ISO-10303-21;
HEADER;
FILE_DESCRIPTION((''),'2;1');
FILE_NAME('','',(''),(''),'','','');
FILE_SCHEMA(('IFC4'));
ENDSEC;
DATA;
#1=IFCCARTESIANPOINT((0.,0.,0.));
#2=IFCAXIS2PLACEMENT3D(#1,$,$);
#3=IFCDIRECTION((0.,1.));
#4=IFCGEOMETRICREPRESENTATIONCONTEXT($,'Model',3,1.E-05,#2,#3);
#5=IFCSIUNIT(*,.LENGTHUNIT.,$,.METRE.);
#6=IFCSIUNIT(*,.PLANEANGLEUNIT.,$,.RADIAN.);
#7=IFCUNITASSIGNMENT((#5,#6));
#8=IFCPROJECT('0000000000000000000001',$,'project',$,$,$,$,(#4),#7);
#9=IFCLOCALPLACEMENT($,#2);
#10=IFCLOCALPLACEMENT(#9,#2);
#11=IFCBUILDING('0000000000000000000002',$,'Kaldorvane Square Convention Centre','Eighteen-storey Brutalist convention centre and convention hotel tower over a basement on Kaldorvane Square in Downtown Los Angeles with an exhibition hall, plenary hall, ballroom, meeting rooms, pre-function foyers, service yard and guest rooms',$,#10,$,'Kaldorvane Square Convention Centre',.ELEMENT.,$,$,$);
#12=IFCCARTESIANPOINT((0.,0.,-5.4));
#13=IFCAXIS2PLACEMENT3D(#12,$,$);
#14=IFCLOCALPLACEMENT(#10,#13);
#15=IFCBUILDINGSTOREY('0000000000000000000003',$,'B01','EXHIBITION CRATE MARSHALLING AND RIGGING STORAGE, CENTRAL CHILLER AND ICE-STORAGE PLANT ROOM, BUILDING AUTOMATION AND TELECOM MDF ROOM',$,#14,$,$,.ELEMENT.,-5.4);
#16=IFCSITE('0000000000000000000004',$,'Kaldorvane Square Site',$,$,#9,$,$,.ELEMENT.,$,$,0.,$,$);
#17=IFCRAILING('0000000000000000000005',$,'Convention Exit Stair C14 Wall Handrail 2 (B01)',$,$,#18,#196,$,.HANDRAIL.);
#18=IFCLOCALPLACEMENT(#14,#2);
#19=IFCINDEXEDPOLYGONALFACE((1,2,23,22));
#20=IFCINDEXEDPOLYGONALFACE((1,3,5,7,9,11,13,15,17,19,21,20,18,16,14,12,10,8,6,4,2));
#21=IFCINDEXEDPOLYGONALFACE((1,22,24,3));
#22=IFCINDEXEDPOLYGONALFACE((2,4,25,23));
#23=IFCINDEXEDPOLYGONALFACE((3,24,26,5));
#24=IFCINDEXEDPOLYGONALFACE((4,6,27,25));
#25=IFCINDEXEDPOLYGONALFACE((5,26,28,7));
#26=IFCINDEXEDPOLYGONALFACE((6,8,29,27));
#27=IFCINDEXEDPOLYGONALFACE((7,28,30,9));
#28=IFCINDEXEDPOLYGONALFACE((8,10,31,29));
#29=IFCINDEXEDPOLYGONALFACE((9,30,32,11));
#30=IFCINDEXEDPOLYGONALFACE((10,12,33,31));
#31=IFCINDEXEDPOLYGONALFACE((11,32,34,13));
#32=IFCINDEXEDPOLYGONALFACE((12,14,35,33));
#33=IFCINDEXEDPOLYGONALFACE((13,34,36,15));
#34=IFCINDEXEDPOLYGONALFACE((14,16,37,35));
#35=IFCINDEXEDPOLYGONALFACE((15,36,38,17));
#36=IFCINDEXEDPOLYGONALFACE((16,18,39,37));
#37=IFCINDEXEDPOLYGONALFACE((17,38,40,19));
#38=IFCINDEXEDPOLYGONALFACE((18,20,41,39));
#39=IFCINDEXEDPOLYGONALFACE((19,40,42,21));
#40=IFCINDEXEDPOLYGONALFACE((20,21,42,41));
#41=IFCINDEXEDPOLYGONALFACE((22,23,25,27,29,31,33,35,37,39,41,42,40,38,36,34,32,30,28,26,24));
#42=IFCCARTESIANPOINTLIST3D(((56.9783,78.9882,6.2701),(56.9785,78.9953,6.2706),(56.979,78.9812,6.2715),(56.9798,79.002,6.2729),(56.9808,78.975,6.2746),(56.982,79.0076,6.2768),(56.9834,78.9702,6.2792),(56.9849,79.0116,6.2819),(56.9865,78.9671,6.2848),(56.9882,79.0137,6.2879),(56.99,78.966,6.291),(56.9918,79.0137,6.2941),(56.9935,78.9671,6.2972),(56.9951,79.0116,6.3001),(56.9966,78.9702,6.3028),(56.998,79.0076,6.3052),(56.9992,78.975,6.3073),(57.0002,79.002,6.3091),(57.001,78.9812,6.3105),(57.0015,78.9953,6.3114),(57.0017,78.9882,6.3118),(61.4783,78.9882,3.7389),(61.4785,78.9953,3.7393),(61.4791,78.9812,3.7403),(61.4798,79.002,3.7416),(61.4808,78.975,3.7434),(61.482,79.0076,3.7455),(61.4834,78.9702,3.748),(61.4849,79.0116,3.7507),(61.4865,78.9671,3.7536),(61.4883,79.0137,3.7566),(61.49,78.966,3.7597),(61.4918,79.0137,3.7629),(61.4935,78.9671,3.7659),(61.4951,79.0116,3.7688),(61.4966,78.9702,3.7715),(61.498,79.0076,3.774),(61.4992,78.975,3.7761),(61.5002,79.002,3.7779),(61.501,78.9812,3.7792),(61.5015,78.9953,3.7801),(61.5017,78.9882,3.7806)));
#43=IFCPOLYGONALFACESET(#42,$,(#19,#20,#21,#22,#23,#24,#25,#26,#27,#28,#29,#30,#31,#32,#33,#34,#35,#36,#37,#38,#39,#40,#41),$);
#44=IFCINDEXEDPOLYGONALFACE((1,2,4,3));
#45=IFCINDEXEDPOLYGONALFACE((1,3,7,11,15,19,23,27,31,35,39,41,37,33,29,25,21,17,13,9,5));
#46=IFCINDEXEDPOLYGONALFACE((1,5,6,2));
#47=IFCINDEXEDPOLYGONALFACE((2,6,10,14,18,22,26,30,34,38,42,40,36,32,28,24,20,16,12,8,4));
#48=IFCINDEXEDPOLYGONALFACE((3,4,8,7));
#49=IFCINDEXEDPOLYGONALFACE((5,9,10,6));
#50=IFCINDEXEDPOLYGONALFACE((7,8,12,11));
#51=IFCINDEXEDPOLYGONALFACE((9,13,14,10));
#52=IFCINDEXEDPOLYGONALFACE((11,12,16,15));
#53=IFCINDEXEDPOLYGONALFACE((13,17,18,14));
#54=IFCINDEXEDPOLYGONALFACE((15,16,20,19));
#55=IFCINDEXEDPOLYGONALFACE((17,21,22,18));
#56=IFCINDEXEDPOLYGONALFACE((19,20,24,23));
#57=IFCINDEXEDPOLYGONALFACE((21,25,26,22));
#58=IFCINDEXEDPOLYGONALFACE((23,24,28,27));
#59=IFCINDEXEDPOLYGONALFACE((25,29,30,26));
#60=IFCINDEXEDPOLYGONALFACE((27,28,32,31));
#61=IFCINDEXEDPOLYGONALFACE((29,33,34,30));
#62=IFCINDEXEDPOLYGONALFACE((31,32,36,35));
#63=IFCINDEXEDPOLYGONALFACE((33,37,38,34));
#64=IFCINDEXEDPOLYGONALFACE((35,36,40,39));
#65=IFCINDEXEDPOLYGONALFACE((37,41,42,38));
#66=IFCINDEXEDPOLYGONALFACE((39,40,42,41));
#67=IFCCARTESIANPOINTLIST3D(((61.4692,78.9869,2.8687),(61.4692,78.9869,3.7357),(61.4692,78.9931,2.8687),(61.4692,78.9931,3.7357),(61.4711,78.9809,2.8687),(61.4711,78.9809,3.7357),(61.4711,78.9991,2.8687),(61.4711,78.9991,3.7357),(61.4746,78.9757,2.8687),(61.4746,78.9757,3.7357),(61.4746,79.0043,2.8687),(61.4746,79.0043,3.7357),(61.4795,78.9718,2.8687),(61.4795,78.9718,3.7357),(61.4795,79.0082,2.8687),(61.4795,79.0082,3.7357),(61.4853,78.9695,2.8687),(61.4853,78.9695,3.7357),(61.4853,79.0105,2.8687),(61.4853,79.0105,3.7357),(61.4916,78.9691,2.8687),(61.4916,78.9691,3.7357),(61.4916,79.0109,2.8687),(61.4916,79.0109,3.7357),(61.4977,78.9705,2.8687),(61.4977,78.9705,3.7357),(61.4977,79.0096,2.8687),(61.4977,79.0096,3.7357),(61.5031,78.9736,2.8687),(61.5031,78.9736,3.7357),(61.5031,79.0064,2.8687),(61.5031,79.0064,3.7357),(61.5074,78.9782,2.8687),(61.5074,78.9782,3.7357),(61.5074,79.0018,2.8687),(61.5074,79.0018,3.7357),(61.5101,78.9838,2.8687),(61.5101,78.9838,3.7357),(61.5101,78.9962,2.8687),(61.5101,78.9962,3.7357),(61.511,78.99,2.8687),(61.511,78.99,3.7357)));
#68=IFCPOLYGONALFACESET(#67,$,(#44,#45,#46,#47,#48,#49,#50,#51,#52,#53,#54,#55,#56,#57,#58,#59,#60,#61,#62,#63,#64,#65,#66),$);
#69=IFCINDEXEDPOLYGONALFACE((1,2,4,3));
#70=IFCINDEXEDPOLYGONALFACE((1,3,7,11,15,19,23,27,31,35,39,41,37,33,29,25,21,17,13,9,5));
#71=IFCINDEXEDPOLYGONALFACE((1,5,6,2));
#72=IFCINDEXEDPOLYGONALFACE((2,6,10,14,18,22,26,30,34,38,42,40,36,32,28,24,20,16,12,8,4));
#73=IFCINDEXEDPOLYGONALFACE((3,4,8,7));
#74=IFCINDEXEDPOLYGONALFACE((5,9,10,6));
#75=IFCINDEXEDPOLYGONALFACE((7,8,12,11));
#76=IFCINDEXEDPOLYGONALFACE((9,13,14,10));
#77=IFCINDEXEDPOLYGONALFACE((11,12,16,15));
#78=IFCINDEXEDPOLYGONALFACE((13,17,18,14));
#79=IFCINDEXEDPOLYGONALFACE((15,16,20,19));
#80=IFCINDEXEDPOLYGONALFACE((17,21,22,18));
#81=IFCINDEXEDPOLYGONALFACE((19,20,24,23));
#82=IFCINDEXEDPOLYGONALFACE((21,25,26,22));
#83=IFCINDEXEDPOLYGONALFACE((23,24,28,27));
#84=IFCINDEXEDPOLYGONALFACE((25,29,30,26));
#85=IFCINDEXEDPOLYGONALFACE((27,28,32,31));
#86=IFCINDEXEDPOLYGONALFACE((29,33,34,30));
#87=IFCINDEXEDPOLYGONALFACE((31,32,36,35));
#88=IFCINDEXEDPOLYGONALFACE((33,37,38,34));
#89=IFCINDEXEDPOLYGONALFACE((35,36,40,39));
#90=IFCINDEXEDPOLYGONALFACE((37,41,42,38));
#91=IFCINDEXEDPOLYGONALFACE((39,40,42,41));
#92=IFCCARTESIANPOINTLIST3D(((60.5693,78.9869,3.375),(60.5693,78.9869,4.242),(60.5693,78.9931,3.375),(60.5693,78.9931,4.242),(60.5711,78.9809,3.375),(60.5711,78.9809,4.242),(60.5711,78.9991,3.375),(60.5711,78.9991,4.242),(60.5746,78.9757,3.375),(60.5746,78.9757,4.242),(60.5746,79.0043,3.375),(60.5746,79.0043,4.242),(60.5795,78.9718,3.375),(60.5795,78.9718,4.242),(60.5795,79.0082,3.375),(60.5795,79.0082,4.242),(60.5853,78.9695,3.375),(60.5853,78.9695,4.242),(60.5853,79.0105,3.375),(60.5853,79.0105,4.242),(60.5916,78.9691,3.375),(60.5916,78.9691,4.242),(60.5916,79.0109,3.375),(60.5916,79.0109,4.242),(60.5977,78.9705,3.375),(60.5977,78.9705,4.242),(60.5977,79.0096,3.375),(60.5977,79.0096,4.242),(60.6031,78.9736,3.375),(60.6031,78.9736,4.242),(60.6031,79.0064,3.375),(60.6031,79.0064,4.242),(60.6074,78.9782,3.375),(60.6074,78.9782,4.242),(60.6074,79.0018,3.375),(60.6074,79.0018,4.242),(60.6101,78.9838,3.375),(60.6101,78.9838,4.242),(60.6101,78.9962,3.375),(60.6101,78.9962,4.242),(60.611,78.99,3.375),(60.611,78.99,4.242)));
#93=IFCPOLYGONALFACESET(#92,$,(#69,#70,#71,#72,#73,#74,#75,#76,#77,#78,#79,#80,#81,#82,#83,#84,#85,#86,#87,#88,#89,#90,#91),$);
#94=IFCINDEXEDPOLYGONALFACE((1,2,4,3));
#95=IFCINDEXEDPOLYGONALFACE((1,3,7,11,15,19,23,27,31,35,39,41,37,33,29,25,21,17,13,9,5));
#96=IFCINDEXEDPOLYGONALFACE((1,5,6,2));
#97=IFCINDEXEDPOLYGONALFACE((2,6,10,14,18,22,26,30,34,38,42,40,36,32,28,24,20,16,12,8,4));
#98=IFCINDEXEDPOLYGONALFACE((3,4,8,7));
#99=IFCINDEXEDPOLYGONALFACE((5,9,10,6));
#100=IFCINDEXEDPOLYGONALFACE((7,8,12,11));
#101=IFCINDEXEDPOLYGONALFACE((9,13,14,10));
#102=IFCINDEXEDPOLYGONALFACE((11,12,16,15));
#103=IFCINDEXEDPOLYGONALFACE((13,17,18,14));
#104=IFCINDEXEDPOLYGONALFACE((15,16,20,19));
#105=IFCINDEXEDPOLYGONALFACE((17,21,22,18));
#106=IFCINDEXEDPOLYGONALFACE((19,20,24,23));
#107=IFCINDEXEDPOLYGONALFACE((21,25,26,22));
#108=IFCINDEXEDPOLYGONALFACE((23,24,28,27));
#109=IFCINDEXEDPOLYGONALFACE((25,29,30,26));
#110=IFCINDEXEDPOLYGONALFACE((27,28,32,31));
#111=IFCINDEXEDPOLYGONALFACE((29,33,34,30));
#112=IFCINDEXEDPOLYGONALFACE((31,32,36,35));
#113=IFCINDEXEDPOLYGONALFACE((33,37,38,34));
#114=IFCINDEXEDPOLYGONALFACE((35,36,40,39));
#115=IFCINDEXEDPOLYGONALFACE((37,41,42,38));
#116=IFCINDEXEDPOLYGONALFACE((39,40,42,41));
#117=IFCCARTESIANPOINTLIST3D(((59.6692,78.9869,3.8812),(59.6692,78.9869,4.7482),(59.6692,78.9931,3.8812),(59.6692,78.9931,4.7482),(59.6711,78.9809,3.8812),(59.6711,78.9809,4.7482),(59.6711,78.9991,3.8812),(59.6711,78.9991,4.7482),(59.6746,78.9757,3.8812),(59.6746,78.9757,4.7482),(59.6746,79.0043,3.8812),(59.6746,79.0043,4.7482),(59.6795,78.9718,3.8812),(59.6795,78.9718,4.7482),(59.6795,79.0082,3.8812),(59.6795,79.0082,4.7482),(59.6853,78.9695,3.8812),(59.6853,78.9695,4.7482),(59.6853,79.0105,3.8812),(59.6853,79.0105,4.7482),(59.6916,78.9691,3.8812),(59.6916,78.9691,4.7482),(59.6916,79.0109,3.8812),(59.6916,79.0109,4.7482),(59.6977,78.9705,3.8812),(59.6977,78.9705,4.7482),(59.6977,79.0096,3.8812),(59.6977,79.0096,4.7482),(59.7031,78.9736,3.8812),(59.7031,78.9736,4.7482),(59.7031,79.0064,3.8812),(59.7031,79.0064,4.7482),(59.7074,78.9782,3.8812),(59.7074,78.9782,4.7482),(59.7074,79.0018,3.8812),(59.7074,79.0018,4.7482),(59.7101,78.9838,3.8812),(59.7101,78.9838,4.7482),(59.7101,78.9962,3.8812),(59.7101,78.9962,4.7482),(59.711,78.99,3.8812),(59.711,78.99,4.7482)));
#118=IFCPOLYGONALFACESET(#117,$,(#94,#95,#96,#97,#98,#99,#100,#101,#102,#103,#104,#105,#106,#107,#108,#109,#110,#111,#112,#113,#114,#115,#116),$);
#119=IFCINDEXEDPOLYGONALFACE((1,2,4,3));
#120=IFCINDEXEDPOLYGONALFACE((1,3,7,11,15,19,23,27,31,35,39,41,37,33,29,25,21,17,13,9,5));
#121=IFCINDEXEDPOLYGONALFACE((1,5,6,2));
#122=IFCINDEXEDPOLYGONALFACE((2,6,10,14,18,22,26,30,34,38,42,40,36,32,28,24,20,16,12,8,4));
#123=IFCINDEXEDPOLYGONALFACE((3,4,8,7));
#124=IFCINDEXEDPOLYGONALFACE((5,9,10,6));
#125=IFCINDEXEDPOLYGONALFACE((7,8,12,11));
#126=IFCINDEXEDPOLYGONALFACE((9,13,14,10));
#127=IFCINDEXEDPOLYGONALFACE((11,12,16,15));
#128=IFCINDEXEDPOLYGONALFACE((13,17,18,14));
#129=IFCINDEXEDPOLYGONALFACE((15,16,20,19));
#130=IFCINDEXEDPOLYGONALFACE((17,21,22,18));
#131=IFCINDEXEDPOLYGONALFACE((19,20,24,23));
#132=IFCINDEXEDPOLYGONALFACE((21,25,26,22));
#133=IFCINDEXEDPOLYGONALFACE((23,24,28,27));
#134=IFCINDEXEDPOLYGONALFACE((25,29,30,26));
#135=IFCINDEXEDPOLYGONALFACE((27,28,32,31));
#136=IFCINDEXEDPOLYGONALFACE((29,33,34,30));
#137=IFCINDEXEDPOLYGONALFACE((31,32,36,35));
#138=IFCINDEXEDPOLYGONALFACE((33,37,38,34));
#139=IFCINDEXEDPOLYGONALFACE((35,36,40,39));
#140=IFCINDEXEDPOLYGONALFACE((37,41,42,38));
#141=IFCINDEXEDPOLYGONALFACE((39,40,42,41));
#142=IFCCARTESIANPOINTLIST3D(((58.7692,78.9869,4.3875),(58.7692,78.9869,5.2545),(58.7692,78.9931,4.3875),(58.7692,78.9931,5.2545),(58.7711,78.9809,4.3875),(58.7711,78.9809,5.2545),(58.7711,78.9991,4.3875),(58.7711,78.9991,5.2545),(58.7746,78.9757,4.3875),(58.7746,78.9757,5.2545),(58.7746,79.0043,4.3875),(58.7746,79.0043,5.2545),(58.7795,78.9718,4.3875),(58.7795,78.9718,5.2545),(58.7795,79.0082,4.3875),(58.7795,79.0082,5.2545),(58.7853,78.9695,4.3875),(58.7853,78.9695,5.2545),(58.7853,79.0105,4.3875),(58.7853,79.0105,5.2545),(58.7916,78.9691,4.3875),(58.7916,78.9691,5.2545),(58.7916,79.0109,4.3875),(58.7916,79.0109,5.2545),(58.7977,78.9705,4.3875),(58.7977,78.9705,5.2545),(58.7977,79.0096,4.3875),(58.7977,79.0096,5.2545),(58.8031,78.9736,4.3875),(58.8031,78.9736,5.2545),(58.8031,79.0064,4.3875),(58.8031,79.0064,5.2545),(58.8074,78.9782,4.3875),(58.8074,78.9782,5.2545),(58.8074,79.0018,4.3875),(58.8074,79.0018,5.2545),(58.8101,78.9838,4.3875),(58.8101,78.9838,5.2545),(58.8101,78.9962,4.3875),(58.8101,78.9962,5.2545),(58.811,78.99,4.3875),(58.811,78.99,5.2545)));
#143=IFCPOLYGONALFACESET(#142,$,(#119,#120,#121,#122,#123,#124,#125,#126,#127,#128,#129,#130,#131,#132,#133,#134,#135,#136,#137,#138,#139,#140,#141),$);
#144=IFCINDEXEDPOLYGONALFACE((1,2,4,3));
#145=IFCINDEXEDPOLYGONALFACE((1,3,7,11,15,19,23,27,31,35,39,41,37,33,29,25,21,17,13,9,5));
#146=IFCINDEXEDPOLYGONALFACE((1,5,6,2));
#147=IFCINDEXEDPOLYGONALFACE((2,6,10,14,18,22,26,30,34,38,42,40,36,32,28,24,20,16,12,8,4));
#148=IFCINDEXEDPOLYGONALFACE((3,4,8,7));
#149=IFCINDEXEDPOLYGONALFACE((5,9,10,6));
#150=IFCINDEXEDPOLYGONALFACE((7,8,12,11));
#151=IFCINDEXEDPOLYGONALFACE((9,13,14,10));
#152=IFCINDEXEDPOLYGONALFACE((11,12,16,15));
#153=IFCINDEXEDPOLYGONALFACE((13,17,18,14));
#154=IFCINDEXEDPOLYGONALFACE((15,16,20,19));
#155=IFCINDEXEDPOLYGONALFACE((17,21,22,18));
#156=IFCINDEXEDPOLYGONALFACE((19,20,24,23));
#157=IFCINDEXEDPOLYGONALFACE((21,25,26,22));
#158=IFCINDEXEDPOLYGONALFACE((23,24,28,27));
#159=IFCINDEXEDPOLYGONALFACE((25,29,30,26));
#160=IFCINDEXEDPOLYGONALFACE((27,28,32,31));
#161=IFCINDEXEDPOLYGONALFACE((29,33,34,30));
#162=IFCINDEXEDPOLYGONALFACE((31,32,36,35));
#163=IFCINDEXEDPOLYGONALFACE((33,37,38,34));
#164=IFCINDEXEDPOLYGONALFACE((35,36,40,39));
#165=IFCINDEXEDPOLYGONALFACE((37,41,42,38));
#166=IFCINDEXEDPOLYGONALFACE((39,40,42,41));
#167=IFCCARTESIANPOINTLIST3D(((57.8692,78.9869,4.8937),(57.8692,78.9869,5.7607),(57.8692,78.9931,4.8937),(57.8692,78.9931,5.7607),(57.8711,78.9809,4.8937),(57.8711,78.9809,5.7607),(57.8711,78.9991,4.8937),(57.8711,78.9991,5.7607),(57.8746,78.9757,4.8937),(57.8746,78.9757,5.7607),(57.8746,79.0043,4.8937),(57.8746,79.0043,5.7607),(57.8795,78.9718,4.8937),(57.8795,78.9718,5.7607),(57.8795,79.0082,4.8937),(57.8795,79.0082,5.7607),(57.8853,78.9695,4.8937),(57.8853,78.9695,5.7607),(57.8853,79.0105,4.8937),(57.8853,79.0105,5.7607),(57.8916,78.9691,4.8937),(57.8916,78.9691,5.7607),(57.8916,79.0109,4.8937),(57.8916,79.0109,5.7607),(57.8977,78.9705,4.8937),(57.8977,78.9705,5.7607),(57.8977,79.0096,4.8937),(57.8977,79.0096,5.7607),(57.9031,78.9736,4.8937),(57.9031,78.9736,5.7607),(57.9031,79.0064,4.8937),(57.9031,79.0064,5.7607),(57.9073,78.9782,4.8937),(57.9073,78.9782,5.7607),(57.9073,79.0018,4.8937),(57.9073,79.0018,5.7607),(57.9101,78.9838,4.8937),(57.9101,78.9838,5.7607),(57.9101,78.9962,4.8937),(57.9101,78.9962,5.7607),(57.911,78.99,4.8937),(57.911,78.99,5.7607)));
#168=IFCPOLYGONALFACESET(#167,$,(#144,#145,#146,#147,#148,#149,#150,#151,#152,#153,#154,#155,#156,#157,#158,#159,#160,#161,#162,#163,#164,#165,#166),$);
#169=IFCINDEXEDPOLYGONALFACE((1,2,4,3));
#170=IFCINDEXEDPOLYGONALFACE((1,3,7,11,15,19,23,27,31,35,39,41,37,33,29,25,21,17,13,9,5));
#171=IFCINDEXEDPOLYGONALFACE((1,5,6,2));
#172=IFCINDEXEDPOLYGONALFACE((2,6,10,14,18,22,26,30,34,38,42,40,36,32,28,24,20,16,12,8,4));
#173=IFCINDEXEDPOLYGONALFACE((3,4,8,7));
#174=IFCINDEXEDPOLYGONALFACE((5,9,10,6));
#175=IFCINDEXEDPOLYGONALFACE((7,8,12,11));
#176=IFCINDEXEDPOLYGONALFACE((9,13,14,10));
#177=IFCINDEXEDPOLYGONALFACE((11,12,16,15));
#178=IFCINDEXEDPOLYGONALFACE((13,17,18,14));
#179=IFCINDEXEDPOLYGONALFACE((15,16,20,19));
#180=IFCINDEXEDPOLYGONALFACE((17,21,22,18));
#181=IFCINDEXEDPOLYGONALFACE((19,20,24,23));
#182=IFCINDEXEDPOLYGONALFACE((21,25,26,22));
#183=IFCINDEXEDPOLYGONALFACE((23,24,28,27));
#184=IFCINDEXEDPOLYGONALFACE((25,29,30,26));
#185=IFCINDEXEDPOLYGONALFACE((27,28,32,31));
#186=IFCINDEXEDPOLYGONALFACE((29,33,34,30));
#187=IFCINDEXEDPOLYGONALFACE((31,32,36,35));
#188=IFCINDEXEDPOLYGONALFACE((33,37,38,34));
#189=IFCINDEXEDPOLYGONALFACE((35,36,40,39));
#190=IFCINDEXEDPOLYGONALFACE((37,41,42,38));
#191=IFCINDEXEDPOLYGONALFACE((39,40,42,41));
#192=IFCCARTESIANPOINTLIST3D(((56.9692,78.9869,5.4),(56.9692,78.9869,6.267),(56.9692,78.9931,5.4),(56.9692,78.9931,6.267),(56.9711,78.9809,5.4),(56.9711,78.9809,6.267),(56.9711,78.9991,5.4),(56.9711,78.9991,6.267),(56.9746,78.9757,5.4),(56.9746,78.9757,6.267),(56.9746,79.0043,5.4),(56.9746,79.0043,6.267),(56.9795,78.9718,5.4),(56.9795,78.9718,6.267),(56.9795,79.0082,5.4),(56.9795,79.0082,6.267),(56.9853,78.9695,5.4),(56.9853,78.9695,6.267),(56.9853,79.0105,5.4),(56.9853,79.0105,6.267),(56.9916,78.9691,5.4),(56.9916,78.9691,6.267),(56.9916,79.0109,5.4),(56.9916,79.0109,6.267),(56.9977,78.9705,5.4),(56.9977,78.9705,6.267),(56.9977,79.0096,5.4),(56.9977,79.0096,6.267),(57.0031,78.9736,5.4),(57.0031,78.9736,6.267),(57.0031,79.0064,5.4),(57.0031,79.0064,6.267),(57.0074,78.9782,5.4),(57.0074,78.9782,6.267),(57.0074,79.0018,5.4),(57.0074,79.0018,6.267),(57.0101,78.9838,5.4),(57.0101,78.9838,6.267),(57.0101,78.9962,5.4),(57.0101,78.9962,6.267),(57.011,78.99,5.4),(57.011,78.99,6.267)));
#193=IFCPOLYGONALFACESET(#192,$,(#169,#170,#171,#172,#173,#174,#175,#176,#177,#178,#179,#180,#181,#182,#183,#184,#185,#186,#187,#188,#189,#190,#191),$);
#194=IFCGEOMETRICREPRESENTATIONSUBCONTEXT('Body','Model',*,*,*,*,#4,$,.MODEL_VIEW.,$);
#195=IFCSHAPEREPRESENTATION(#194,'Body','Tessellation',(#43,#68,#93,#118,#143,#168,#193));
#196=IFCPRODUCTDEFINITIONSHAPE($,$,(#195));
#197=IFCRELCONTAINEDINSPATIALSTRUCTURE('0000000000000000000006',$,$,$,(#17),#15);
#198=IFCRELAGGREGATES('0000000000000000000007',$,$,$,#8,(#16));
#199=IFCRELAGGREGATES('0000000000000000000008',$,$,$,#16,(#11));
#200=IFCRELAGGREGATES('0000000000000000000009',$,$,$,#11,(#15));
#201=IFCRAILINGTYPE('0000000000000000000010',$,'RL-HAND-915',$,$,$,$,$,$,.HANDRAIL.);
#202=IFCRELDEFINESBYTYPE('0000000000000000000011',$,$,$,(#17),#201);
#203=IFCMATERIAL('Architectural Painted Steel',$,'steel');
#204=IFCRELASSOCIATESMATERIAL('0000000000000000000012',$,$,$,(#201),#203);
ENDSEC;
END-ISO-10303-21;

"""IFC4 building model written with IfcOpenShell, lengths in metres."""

from ifc_helpers import new_model, si_unit, direction, frame, origin, origin_2d, place, context, subcontext, project, spatial, circle, extrude, material, type_object, element, save


model = new_model("IFC4")

# Units and contexts
model_context = context("Model", 3, precision=1e-05, world=origin(), true_north=direction((0.0, 1.0)))
body_context = subcontext(model_context, "Body", "Model", "MODEL_VIEW")
ifc_project = project(units=[si_unit("LENGTHUNIT", "METRE"), si_unit("PLANEANGLEUNIT", "RADIAN")], contexts=[model_context])

# Site, building, storey
site_placement = place(None, origin())
site = spatial("IfcSite", under=ifc_project, at=site_placement, Name="Kaldorvane Square Site", CompositionType="ELEMENT", RefElevation=0.0)
building_placement = place(site_placement, origin())
building = spatial("IfcBuilding", under=site, at=building_placement, Name="Kaldorvane Square Convention Centre", Description="Eighteen-storey Brutalist convention centre and convention hotel tower over a basement on Kaldorvane Square in Downtown Los Angeles with an exhibition hall, plenary hall, ballroom, meeting rooms, pre-function foyers, service yard and guest rooms", LongName="Kaldorvane Square Convention Centre", CompositionType="ELEMENT")
storey_placement = place(building_placement, frame((0.0, 0.0, -5.4)))
storey = spatial("IfcBuildingStorey", under=building, at=storey_placement, Name="B01", Description="EXHIBITION CRATE MARSHALLING AND RIGGING STORAGE, CENTRAL CHILLER AND ICE-STORAGE PLANT ROOM, BUILDING AUTOMATION AND TELECOM MDF ROOM", CompositionType="ELEMENT", Elevation=-5.4)

# Railing
ifc_material_1 = material(Name="Architectural Painted Steel", Category="steel")
railing_type_1 = type_object("IfcRailingType", Name="RL-HAND-915", PredefinedType="HANDRAIL", material=ifc_material_1)
railing_1_placement = place(storey_placement, frame((61.49, 78.99, 2.8687)))
element("IfcRailing", 1, at=railing_1_placement, inside=storey, type_object=railing_type_1, Name="Convention Exit Stair C14 Wall Handrail 2 (B01)", PredefinedType="HANDRAIL", context=body_context, shape_type="SweptSolid", body=[
    extrude(circle(Radius=0.024, at=origin_2d()), frame((0.0, 0.0, 0.891), z_axis=(-0.871576, 0.0, 0.490261), x_axis=(0.0, -1.0, 0.0)), (0.0, 0.0, 1.0), 5.1631),
    extrude(circle(Radius=0.021, at=origin_2d()), origin(), (0.0, 0.0, 1.0), 0.867),
    extrude(circle(Radius=0.021, at=origin_2d()), frame((-0.9, 0.0, 0.5063)), (0.0, 0.0, 1.0), 0.867),
    extrude(circle(Radius=0.021, at=origin_2d()), frame((-1.8, 0.0, 1.0125)), (0.0, 0.0, 1.0), 0.867),
    extrude(circle(Radius=0.021, at=origin_2d()), frame((-2.7, 0.0, 1.5188)), (0.0, 0.0, 1.0), 0.867),
    extrude(circle(Radius=0.021, at=origin_2d()), frame((-3.6, 0.0, 2.025)), (0.0, 0.0, 1.0), 0.867),
    extrude(circle(Radius=0.021, at=origin_2d()), frame((-4.5, 0.0, 2.5312)), (0.0, 0.0, 1.0), 0.867),
])

save(model, "model.ifc")
